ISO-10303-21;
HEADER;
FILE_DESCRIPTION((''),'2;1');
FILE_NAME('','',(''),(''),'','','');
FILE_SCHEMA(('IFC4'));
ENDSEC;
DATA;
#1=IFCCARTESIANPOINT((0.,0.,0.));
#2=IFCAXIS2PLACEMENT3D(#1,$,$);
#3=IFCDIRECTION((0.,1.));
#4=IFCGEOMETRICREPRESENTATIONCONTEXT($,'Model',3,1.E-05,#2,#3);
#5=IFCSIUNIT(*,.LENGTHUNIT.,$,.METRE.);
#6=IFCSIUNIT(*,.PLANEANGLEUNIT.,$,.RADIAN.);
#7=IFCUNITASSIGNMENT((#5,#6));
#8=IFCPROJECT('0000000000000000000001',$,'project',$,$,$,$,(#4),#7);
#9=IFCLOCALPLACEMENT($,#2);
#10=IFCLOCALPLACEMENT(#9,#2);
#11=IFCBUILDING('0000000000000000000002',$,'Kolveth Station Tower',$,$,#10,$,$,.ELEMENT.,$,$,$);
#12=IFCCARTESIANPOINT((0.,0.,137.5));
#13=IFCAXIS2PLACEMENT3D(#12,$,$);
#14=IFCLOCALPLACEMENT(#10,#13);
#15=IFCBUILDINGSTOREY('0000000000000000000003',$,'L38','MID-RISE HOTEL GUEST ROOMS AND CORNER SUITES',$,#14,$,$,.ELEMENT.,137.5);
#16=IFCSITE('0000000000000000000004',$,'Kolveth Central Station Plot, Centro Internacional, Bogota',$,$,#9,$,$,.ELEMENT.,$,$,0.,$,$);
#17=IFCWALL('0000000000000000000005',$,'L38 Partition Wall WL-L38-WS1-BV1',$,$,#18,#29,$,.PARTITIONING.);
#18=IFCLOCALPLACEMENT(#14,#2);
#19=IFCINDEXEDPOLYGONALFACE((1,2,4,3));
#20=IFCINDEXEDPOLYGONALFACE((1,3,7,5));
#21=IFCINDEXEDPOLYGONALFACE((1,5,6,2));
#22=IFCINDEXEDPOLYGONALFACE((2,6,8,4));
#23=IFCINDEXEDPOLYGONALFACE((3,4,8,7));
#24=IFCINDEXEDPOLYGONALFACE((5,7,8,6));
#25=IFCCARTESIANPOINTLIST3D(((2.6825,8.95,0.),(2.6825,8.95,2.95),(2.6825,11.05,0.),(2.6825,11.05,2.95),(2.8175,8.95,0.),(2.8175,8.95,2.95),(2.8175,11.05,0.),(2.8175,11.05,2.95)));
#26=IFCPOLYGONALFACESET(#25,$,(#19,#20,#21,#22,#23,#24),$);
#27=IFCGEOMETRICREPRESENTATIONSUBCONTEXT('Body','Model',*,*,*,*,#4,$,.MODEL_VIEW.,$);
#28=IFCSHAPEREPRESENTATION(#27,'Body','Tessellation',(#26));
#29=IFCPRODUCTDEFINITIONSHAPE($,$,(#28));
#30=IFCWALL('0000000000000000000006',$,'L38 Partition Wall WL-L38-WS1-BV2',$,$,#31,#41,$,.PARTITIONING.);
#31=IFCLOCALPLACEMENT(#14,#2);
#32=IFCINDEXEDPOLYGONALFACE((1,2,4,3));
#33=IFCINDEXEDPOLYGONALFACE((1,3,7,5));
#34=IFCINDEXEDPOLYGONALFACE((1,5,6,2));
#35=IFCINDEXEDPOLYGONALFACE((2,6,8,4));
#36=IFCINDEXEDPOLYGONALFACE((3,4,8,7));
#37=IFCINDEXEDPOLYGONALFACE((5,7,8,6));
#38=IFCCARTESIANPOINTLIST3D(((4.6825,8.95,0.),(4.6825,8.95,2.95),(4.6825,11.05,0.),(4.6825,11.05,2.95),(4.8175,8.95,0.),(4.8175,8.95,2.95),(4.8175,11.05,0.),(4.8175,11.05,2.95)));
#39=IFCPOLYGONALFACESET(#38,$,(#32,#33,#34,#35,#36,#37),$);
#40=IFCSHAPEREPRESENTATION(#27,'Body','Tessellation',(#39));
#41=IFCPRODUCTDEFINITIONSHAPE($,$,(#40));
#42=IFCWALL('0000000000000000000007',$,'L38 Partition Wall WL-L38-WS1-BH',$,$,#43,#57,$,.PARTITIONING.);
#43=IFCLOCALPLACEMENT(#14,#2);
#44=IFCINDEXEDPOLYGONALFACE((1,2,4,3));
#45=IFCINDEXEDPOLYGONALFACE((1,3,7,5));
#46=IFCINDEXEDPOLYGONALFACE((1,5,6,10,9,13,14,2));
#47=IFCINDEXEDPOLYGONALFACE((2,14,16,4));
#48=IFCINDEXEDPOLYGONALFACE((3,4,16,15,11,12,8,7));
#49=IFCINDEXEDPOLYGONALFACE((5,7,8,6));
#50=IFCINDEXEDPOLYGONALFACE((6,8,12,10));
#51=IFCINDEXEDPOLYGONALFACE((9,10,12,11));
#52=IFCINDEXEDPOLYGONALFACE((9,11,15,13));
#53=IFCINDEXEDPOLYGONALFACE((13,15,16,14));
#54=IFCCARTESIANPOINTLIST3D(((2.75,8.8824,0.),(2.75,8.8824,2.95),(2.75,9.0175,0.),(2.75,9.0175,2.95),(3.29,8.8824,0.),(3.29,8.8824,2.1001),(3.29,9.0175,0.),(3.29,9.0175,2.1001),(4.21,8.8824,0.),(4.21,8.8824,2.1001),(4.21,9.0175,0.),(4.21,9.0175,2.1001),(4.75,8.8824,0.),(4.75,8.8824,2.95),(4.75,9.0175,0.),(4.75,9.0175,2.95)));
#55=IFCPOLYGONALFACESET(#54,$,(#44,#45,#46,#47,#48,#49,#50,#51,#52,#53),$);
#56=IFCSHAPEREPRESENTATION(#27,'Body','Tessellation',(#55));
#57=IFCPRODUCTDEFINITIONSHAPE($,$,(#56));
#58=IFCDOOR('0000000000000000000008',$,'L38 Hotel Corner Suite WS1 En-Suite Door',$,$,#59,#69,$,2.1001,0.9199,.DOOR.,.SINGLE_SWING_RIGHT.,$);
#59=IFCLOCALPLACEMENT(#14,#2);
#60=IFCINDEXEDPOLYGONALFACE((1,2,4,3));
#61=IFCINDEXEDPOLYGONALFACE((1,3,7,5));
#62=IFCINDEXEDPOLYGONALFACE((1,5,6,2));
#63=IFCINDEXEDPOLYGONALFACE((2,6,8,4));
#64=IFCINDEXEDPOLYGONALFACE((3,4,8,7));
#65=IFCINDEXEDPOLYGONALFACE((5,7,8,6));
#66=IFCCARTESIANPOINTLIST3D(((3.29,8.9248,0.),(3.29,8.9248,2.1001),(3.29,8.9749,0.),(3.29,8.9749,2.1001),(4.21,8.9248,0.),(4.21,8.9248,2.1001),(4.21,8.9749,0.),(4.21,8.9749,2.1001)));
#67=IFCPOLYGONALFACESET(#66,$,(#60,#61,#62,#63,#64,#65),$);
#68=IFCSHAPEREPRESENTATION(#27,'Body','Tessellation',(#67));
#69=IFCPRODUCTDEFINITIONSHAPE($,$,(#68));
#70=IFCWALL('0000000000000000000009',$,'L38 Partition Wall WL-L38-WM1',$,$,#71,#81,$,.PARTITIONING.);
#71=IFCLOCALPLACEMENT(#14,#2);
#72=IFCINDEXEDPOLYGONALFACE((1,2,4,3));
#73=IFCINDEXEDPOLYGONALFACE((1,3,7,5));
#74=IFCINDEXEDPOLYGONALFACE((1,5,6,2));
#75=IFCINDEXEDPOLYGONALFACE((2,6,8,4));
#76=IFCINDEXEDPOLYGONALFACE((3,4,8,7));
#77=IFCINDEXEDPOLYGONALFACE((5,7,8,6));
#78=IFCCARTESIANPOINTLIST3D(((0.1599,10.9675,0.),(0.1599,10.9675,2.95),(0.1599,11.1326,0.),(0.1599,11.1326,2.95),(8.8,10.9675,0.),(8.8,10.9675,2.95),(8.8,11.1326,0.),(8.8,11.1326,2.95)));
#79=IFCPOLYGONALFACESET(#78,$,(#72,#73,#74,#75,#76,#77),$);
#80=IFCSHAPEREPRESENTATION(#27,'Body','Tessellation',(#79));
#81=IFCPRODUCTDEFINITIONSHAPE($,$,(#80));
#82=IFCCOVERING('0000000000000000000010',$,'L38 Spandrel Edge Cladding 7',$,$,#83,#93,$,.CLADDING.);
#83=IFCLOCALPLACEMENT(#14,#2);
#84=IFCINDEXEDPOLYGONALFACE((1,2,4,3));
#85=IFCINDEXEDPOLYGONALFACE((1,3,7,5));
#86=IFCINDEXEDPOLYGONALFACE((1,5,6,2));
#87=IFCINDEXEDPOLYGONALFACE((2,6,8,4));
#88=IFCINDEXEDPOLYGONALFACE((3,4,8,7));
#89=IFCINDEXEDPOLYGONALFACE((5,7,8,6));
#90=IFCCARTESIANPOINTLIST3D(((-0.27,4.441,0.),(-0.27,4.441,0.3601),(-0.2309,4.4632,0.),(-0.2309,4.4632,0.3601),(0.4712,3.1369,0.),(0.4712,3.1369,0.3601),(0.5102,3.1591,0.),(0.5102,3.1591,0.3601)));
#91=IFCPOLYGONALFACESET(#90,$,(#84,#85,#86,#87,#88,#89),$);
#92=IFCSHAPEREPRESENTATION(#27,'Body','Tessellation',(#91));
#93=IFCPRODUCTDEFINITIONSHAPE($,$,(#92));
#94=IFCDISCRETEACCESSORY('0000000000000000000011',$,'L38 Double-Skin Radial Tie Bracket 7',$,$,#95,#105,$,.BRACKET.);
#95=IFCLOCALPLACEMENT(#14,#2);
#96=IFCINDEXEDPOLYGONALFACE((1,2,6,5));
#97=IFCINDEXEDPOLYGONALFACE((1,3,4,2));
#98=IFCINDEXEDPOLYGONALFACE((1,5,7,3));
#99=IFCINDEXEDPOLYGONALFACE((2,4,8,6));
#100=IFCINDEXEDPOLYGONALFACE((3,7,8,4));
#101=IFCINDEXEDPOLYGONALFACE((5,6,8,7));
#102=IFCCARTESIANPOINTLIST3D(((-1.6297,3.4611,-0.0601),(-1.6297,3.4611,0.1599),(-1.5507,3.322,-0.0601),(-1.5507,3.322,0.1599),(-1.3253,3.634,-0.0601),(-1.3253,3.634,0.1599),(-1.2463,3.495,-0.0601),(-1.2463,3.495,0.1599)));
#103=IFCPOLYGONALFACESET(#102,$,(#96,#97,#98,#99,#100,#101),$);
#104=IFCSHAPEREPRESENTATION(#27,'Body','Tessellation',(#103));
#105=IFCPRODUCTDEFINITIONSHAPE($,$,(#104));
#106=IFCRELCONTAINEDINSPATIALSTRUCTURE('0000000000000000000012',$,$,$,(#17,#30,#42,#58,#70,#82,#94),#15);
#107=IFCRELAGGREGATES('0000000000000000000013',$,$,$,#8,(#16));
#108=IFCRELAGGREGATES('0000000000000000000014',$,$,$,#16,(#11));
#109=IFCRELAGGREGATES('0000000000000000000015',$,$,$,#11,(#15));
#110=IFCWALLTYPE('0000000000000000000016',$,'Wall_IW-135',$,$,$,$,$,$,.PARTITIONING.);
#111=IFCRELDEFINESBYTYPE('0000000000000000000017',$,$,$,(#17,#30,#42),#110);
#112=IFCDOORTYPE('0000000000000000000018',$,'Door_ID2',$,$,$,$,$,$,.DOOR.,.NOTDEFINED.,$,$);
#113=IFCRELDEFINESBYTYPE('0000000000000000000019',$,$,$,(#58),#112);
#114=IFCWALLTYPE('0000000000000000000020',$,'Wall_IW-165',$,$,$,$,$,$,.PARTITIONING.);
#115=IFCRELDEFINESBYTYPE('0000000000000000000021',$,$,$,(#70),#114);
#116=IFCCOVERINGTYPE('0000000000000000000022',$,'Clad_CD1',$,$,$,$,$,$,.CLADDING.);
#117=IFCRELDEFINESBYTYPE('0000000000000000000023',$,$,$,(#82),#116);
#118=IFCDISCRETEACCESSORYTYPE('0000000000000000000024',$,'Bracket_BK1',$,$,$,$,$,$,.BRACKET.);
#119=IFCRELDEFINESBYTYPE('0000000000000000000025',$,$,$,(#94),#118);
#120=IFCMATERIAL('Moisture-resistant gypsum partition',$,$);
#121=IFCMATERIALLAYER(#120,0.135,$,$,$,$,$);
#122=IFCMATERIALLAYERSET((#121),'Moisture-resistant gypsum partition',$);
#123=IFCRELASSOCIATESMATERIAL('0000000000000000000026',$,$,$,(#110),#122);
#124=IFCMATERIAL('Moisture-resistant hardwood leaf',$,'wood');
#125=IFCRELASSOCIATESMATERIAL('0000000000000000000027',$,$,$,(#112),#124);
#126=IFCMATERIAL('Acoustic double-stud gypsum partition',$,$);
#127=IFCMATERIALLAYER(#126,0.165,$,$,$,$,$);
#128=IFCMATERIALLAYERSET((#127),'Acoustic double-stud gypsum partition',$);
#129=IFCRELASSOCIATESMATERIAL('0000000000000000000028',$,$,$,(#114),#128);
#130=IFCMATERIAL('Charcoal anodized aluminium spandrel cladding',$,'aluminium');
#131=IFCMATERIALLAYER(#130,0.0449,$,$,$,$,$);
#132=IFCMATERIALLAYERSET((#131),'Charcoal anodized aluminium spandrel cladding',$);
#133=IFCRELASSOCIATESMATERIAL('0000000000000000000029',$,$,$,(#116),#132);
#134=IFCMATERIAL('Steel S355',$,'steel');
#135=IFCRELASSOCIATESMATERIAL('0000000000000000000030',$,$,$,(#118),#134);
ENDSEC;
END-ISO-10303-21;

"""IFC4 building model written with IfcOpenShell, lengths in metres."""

from ifc_helpers import new_model, si_unit, direction, frame, frame_2d, origin, origin_2d, place, context, subcontext, project, spatial, rectangle, extrude, source, transform, mapped, material, layer, layer_set, type_object, element, fill, save


model = new_model("IFC4")

# Units and contexts
model_context = context("Model", 3, precision=1e-05, world=origin(), true_north=direction((0.0, 1.0)))
body_context = subcontext(model_context, "Body", "Model", "MODEL_VIEW")
ifc_project = project(units=[si_unit("LENGTHUNIT", "METRE"), si_unit("PLANEANGLEUNIT", "RADIAN")], contexts=[model_context])

# Site, building, storey
site_placement = place(None, origin())
site = spatial("IfcSite", under=ifc_project, at=site_placement, Name="Kolveth Central Station Plot, Centro Internacional, Bogota", CompositionType="ELEMENT", RefElevation=0.0)
building_placement = place(site_placement, origin())
building = spatial("IfcBuilding", under=site, at=building_placement, Name="Kolveth Station Tower", CompositionType="ELEMENT")
storey_placement = place(building_placement, frame((0.0, 0.0, 137.5)))
storey = spatial("IfcBuildingStorey", under=building, at=storey_placement, Name="L38", Description="MID-RISE HOTEL GUEST ROOMS AND CORNER SUITES", CompositionType="ELEMENT", Elevation=137.5)

# Shared definitions
ifc_material_1 = material(Name="Steel S355", Category="steel")

# Walls
ifc_material_2 = material(Name="Moisture-resistant gypsum partition")
ifc_layer_1 = layer(ifc_material_2, 0.135)
ifc_layer_set_1 = layer_set([ifc_layer_1], Name="Moisture-resistant gypsum partition")
wall_type_1 = type_object("IfcWallType", Name="Wall_IW-135", PredefinedType="PARTITIONING", material=ifc_layer_set_1)
for number, where, z_axis, x_axis, name in (
    (1, (2.75, 8.95, 0.0), (0.0, 0.0, 1.0), (0.0, 1.0, 0.0), "L38 Partition Wall WL-L38-WS1-BV1"),
    (2, (4.75, 8.95, 0.0), (0.0, 0.0, 1.0), (0.0, 1.0, 0.0), "L38 Partition Wall WL-L38-WS1-BV2"),
):
    element("IfcWall", number, at=place(storey_placement, frame(where, z_axis=z_axis, x_axis=x_axis)), inside=storey, type_object=wall_type_1, Name=name, PredefinedType="PARTITIONING", context=body_context, shape_type="SweptSolid", body=[
        extrude(rectangle(XDim=2.1001, YDim=0.135, at=frame_2d((1.05, 0.0))), origin(), (0.0, 0.0, 1.0), 2.95),
    ])

# Wall, opening, door
wall_1_placement = place(storey_placement, frame((2.75, 8.95, 0.0), z_axis=(0.0, 0.0, 1.0), x_axis=(1.0, 0.0, 0.0)))
wall_1 = element("IfcWall", 3, at=wall_1_placement, inside=storey, type_object=wall_type_1, Name="L38 Partition Wall WL-L38-WS1-BH", PredefinedType="PARTITIONING", context=body_context, shape_type="SweptSolid", body=[
    extrude(rectangle(XDim=2.0, YDim=0.135, at=frame_2d((1.0, 0.0))), origin(), (0.0, 0.0, 1.0), 2.95),
])
opening_placement = place(wall_1_placement, frame((0.54, 0.0, 0.0)))
opening = element("IfcOpeningElement", 4, at=opening_placement, cuts=wall_1, PredefinedType="OPENING", context=body_context, shape_type="SweptSolid", body=[
    extrude(rectangle(XDim=0.9199, YDim=2.1001, at=frame_2d((0.46, 1.05))), frame((0.0, 0.0774, 0.0), z_axis=(0.0, -1.0, 0.0), x_axis=(1.0, 0.0, 0.0)), (0.0, 0.0, 1.0), 0.155),
])
ifc_material_3 = material(Name="Moisture-resistant hardwood leaf", Category="wood")
door_type = type_object("IfcDoorType", Name="Door_ID2", OperationType="NOTDEFINED", PredefinedType="DOOR", material=ifc_material_3)
door_placement = place(opening_placement, origin())
door = element("IfcDoor", 5, at=door_placement, inside=storey, type_object=door_type, Name="L38 Hotel Corner Suite WS1 En-Suite Door", OperationType="SINGLE_SWING_RIGHT", OverallHeight=2.1001, OverallWidth=0.9199, PredefinedType="DOOR", context=body_context, shape_type="SweptSolid", body=[
    extrude(rectangle(XDim=0.9199, YDim=2.1001, at=frame_2d((0.46, 1.05))), frame((0.0, 0.0249, 0.0), z_axis=(0.0, -1.0, 0.0), x_axis=(1.0, 0.0, 0.0)), (0.0, 0.0, 1.0), 0.05),
])
fill(opening, door)

# Wall
ifc_material_4 = material(Name="Acoustic double-stud gypsum partition")
ifc_layer_2 = layer(ifc_material_4, 0.165)
ifc_layer_set_2 = layer_set([ifc_layer_2], Name="Acoustic double-stud gypsum partition")
wall_type_2 = type_object("IfcWallType", Name="Wall_IW-165", PredefinedType="PARTITIONING", material=ifc_layer_set_2)
wall_2_placement = place(storey_placement, frame((0.1599, 11.05, 0.0), z_axis=(0.0, 0.0, 1.0), x_axis=(1.0, 0.0, 0.0)))
element("IfcWall", 6, at=wall_2_placement, inside=storey, type_object=wall_type_2, Name="L38 Partition Wall WL-L38-WM1", PredefinedType="PARTITIONING", context=body_context, shape_type="SweptSolid", body=[
    extrude(rectangle(XDim=8.6401, YDim=0.165, at=frame_2d((4.3201, 0.0))), origin(), (0.0, 0.0, 1.0), 2.95),
])

# Covering
ifc_material_5 = material(Name="Charcoal anodized aluminium spandrel cladding", Category="aluminium")
ifc_layer_3 = layer(ifc_material_5, 0.0449)
ifc_layer_set_3 = layer_set([ifc_layer_3], Name="Charcoal anodized aluminium spandrel cladding")
covering_type = type_object("IfcCoveringType", Name="Clad_CD1", PredefinedType="CLADDING", material=ifc_layer_set_3)
shared_shape_1 = source(origin(), body_context, "Body", "SweptSolid", [
    extrude(rectangle(XDim=1.5, YDim=0.0449, at=origin_2d()), origin(), (0.0, 0.0, 1.0), 0.3601),
])
covering_placement = place(storey_placement, frame((0.1201, 3.8, 0.0), z_axis=(0.0, 0.0, 1.0), x_axis=(0.494094, -0.869409, 0.0)))
element("IfcCovering", 7, at=covering_placement, inside=storey, type_object=covering_type, Name="L38 Spandrel Edge Cladding 7", PredefinedType="CLADDING", context=body_context, shape_type="MappedRepresentation", body=[
    mapped(shared_shape_1, transform((0.0, 0.0, 0.0), x_axis=(1.0, 0.0, 0.0), y_axis=(0.0, 1.0, 0.0), z_axis=(0.0, 0.0, 1.0), scale=1.0)),
])

# Discrete accessory
discrete_accessory_type = type_object("IfcDiscreteAccessoryType", Name="Bracket_BK1", PredefinedType="BRACKET", material=ifc_material_1)
shared_shape_2 = source(origin(), body_context, "Body", "SweptSolid", [
    extrude(rectangle(XDim=0.3501, YDim=0.1599, at=origin_2d()), origin(), (0.0, 0.0, 1.0), 0.22),
])
discrete_accessory_placement = place(storey_placement, frame((-1.438, 3.478, -0.0601), z_axis=(0.0, 0.0, 1.0), x_axis=(-0.869409, -0.494094, 0.0)))
element("IfcDiscreteAccessory", 8, at=discrete_accessory_placement, inside=storey, type_object=discrete_accessory_type, Name="L38 Double-Skin Radial Tie Bracket 7", PredefinedType="BRACKET", context=body_context, shape_type="MappedRepresentation", body=[
    mapped(shared_shape_2, transform((0.0, 0.0, 0.0), x_axis=(1.0, 0.0, 0.0), y_axis=(0.0, 1.0, 0.0), z_axis=(0.0, 0.0, 1.0), scale=1.0)),
])

save(model, "model.ifc")
